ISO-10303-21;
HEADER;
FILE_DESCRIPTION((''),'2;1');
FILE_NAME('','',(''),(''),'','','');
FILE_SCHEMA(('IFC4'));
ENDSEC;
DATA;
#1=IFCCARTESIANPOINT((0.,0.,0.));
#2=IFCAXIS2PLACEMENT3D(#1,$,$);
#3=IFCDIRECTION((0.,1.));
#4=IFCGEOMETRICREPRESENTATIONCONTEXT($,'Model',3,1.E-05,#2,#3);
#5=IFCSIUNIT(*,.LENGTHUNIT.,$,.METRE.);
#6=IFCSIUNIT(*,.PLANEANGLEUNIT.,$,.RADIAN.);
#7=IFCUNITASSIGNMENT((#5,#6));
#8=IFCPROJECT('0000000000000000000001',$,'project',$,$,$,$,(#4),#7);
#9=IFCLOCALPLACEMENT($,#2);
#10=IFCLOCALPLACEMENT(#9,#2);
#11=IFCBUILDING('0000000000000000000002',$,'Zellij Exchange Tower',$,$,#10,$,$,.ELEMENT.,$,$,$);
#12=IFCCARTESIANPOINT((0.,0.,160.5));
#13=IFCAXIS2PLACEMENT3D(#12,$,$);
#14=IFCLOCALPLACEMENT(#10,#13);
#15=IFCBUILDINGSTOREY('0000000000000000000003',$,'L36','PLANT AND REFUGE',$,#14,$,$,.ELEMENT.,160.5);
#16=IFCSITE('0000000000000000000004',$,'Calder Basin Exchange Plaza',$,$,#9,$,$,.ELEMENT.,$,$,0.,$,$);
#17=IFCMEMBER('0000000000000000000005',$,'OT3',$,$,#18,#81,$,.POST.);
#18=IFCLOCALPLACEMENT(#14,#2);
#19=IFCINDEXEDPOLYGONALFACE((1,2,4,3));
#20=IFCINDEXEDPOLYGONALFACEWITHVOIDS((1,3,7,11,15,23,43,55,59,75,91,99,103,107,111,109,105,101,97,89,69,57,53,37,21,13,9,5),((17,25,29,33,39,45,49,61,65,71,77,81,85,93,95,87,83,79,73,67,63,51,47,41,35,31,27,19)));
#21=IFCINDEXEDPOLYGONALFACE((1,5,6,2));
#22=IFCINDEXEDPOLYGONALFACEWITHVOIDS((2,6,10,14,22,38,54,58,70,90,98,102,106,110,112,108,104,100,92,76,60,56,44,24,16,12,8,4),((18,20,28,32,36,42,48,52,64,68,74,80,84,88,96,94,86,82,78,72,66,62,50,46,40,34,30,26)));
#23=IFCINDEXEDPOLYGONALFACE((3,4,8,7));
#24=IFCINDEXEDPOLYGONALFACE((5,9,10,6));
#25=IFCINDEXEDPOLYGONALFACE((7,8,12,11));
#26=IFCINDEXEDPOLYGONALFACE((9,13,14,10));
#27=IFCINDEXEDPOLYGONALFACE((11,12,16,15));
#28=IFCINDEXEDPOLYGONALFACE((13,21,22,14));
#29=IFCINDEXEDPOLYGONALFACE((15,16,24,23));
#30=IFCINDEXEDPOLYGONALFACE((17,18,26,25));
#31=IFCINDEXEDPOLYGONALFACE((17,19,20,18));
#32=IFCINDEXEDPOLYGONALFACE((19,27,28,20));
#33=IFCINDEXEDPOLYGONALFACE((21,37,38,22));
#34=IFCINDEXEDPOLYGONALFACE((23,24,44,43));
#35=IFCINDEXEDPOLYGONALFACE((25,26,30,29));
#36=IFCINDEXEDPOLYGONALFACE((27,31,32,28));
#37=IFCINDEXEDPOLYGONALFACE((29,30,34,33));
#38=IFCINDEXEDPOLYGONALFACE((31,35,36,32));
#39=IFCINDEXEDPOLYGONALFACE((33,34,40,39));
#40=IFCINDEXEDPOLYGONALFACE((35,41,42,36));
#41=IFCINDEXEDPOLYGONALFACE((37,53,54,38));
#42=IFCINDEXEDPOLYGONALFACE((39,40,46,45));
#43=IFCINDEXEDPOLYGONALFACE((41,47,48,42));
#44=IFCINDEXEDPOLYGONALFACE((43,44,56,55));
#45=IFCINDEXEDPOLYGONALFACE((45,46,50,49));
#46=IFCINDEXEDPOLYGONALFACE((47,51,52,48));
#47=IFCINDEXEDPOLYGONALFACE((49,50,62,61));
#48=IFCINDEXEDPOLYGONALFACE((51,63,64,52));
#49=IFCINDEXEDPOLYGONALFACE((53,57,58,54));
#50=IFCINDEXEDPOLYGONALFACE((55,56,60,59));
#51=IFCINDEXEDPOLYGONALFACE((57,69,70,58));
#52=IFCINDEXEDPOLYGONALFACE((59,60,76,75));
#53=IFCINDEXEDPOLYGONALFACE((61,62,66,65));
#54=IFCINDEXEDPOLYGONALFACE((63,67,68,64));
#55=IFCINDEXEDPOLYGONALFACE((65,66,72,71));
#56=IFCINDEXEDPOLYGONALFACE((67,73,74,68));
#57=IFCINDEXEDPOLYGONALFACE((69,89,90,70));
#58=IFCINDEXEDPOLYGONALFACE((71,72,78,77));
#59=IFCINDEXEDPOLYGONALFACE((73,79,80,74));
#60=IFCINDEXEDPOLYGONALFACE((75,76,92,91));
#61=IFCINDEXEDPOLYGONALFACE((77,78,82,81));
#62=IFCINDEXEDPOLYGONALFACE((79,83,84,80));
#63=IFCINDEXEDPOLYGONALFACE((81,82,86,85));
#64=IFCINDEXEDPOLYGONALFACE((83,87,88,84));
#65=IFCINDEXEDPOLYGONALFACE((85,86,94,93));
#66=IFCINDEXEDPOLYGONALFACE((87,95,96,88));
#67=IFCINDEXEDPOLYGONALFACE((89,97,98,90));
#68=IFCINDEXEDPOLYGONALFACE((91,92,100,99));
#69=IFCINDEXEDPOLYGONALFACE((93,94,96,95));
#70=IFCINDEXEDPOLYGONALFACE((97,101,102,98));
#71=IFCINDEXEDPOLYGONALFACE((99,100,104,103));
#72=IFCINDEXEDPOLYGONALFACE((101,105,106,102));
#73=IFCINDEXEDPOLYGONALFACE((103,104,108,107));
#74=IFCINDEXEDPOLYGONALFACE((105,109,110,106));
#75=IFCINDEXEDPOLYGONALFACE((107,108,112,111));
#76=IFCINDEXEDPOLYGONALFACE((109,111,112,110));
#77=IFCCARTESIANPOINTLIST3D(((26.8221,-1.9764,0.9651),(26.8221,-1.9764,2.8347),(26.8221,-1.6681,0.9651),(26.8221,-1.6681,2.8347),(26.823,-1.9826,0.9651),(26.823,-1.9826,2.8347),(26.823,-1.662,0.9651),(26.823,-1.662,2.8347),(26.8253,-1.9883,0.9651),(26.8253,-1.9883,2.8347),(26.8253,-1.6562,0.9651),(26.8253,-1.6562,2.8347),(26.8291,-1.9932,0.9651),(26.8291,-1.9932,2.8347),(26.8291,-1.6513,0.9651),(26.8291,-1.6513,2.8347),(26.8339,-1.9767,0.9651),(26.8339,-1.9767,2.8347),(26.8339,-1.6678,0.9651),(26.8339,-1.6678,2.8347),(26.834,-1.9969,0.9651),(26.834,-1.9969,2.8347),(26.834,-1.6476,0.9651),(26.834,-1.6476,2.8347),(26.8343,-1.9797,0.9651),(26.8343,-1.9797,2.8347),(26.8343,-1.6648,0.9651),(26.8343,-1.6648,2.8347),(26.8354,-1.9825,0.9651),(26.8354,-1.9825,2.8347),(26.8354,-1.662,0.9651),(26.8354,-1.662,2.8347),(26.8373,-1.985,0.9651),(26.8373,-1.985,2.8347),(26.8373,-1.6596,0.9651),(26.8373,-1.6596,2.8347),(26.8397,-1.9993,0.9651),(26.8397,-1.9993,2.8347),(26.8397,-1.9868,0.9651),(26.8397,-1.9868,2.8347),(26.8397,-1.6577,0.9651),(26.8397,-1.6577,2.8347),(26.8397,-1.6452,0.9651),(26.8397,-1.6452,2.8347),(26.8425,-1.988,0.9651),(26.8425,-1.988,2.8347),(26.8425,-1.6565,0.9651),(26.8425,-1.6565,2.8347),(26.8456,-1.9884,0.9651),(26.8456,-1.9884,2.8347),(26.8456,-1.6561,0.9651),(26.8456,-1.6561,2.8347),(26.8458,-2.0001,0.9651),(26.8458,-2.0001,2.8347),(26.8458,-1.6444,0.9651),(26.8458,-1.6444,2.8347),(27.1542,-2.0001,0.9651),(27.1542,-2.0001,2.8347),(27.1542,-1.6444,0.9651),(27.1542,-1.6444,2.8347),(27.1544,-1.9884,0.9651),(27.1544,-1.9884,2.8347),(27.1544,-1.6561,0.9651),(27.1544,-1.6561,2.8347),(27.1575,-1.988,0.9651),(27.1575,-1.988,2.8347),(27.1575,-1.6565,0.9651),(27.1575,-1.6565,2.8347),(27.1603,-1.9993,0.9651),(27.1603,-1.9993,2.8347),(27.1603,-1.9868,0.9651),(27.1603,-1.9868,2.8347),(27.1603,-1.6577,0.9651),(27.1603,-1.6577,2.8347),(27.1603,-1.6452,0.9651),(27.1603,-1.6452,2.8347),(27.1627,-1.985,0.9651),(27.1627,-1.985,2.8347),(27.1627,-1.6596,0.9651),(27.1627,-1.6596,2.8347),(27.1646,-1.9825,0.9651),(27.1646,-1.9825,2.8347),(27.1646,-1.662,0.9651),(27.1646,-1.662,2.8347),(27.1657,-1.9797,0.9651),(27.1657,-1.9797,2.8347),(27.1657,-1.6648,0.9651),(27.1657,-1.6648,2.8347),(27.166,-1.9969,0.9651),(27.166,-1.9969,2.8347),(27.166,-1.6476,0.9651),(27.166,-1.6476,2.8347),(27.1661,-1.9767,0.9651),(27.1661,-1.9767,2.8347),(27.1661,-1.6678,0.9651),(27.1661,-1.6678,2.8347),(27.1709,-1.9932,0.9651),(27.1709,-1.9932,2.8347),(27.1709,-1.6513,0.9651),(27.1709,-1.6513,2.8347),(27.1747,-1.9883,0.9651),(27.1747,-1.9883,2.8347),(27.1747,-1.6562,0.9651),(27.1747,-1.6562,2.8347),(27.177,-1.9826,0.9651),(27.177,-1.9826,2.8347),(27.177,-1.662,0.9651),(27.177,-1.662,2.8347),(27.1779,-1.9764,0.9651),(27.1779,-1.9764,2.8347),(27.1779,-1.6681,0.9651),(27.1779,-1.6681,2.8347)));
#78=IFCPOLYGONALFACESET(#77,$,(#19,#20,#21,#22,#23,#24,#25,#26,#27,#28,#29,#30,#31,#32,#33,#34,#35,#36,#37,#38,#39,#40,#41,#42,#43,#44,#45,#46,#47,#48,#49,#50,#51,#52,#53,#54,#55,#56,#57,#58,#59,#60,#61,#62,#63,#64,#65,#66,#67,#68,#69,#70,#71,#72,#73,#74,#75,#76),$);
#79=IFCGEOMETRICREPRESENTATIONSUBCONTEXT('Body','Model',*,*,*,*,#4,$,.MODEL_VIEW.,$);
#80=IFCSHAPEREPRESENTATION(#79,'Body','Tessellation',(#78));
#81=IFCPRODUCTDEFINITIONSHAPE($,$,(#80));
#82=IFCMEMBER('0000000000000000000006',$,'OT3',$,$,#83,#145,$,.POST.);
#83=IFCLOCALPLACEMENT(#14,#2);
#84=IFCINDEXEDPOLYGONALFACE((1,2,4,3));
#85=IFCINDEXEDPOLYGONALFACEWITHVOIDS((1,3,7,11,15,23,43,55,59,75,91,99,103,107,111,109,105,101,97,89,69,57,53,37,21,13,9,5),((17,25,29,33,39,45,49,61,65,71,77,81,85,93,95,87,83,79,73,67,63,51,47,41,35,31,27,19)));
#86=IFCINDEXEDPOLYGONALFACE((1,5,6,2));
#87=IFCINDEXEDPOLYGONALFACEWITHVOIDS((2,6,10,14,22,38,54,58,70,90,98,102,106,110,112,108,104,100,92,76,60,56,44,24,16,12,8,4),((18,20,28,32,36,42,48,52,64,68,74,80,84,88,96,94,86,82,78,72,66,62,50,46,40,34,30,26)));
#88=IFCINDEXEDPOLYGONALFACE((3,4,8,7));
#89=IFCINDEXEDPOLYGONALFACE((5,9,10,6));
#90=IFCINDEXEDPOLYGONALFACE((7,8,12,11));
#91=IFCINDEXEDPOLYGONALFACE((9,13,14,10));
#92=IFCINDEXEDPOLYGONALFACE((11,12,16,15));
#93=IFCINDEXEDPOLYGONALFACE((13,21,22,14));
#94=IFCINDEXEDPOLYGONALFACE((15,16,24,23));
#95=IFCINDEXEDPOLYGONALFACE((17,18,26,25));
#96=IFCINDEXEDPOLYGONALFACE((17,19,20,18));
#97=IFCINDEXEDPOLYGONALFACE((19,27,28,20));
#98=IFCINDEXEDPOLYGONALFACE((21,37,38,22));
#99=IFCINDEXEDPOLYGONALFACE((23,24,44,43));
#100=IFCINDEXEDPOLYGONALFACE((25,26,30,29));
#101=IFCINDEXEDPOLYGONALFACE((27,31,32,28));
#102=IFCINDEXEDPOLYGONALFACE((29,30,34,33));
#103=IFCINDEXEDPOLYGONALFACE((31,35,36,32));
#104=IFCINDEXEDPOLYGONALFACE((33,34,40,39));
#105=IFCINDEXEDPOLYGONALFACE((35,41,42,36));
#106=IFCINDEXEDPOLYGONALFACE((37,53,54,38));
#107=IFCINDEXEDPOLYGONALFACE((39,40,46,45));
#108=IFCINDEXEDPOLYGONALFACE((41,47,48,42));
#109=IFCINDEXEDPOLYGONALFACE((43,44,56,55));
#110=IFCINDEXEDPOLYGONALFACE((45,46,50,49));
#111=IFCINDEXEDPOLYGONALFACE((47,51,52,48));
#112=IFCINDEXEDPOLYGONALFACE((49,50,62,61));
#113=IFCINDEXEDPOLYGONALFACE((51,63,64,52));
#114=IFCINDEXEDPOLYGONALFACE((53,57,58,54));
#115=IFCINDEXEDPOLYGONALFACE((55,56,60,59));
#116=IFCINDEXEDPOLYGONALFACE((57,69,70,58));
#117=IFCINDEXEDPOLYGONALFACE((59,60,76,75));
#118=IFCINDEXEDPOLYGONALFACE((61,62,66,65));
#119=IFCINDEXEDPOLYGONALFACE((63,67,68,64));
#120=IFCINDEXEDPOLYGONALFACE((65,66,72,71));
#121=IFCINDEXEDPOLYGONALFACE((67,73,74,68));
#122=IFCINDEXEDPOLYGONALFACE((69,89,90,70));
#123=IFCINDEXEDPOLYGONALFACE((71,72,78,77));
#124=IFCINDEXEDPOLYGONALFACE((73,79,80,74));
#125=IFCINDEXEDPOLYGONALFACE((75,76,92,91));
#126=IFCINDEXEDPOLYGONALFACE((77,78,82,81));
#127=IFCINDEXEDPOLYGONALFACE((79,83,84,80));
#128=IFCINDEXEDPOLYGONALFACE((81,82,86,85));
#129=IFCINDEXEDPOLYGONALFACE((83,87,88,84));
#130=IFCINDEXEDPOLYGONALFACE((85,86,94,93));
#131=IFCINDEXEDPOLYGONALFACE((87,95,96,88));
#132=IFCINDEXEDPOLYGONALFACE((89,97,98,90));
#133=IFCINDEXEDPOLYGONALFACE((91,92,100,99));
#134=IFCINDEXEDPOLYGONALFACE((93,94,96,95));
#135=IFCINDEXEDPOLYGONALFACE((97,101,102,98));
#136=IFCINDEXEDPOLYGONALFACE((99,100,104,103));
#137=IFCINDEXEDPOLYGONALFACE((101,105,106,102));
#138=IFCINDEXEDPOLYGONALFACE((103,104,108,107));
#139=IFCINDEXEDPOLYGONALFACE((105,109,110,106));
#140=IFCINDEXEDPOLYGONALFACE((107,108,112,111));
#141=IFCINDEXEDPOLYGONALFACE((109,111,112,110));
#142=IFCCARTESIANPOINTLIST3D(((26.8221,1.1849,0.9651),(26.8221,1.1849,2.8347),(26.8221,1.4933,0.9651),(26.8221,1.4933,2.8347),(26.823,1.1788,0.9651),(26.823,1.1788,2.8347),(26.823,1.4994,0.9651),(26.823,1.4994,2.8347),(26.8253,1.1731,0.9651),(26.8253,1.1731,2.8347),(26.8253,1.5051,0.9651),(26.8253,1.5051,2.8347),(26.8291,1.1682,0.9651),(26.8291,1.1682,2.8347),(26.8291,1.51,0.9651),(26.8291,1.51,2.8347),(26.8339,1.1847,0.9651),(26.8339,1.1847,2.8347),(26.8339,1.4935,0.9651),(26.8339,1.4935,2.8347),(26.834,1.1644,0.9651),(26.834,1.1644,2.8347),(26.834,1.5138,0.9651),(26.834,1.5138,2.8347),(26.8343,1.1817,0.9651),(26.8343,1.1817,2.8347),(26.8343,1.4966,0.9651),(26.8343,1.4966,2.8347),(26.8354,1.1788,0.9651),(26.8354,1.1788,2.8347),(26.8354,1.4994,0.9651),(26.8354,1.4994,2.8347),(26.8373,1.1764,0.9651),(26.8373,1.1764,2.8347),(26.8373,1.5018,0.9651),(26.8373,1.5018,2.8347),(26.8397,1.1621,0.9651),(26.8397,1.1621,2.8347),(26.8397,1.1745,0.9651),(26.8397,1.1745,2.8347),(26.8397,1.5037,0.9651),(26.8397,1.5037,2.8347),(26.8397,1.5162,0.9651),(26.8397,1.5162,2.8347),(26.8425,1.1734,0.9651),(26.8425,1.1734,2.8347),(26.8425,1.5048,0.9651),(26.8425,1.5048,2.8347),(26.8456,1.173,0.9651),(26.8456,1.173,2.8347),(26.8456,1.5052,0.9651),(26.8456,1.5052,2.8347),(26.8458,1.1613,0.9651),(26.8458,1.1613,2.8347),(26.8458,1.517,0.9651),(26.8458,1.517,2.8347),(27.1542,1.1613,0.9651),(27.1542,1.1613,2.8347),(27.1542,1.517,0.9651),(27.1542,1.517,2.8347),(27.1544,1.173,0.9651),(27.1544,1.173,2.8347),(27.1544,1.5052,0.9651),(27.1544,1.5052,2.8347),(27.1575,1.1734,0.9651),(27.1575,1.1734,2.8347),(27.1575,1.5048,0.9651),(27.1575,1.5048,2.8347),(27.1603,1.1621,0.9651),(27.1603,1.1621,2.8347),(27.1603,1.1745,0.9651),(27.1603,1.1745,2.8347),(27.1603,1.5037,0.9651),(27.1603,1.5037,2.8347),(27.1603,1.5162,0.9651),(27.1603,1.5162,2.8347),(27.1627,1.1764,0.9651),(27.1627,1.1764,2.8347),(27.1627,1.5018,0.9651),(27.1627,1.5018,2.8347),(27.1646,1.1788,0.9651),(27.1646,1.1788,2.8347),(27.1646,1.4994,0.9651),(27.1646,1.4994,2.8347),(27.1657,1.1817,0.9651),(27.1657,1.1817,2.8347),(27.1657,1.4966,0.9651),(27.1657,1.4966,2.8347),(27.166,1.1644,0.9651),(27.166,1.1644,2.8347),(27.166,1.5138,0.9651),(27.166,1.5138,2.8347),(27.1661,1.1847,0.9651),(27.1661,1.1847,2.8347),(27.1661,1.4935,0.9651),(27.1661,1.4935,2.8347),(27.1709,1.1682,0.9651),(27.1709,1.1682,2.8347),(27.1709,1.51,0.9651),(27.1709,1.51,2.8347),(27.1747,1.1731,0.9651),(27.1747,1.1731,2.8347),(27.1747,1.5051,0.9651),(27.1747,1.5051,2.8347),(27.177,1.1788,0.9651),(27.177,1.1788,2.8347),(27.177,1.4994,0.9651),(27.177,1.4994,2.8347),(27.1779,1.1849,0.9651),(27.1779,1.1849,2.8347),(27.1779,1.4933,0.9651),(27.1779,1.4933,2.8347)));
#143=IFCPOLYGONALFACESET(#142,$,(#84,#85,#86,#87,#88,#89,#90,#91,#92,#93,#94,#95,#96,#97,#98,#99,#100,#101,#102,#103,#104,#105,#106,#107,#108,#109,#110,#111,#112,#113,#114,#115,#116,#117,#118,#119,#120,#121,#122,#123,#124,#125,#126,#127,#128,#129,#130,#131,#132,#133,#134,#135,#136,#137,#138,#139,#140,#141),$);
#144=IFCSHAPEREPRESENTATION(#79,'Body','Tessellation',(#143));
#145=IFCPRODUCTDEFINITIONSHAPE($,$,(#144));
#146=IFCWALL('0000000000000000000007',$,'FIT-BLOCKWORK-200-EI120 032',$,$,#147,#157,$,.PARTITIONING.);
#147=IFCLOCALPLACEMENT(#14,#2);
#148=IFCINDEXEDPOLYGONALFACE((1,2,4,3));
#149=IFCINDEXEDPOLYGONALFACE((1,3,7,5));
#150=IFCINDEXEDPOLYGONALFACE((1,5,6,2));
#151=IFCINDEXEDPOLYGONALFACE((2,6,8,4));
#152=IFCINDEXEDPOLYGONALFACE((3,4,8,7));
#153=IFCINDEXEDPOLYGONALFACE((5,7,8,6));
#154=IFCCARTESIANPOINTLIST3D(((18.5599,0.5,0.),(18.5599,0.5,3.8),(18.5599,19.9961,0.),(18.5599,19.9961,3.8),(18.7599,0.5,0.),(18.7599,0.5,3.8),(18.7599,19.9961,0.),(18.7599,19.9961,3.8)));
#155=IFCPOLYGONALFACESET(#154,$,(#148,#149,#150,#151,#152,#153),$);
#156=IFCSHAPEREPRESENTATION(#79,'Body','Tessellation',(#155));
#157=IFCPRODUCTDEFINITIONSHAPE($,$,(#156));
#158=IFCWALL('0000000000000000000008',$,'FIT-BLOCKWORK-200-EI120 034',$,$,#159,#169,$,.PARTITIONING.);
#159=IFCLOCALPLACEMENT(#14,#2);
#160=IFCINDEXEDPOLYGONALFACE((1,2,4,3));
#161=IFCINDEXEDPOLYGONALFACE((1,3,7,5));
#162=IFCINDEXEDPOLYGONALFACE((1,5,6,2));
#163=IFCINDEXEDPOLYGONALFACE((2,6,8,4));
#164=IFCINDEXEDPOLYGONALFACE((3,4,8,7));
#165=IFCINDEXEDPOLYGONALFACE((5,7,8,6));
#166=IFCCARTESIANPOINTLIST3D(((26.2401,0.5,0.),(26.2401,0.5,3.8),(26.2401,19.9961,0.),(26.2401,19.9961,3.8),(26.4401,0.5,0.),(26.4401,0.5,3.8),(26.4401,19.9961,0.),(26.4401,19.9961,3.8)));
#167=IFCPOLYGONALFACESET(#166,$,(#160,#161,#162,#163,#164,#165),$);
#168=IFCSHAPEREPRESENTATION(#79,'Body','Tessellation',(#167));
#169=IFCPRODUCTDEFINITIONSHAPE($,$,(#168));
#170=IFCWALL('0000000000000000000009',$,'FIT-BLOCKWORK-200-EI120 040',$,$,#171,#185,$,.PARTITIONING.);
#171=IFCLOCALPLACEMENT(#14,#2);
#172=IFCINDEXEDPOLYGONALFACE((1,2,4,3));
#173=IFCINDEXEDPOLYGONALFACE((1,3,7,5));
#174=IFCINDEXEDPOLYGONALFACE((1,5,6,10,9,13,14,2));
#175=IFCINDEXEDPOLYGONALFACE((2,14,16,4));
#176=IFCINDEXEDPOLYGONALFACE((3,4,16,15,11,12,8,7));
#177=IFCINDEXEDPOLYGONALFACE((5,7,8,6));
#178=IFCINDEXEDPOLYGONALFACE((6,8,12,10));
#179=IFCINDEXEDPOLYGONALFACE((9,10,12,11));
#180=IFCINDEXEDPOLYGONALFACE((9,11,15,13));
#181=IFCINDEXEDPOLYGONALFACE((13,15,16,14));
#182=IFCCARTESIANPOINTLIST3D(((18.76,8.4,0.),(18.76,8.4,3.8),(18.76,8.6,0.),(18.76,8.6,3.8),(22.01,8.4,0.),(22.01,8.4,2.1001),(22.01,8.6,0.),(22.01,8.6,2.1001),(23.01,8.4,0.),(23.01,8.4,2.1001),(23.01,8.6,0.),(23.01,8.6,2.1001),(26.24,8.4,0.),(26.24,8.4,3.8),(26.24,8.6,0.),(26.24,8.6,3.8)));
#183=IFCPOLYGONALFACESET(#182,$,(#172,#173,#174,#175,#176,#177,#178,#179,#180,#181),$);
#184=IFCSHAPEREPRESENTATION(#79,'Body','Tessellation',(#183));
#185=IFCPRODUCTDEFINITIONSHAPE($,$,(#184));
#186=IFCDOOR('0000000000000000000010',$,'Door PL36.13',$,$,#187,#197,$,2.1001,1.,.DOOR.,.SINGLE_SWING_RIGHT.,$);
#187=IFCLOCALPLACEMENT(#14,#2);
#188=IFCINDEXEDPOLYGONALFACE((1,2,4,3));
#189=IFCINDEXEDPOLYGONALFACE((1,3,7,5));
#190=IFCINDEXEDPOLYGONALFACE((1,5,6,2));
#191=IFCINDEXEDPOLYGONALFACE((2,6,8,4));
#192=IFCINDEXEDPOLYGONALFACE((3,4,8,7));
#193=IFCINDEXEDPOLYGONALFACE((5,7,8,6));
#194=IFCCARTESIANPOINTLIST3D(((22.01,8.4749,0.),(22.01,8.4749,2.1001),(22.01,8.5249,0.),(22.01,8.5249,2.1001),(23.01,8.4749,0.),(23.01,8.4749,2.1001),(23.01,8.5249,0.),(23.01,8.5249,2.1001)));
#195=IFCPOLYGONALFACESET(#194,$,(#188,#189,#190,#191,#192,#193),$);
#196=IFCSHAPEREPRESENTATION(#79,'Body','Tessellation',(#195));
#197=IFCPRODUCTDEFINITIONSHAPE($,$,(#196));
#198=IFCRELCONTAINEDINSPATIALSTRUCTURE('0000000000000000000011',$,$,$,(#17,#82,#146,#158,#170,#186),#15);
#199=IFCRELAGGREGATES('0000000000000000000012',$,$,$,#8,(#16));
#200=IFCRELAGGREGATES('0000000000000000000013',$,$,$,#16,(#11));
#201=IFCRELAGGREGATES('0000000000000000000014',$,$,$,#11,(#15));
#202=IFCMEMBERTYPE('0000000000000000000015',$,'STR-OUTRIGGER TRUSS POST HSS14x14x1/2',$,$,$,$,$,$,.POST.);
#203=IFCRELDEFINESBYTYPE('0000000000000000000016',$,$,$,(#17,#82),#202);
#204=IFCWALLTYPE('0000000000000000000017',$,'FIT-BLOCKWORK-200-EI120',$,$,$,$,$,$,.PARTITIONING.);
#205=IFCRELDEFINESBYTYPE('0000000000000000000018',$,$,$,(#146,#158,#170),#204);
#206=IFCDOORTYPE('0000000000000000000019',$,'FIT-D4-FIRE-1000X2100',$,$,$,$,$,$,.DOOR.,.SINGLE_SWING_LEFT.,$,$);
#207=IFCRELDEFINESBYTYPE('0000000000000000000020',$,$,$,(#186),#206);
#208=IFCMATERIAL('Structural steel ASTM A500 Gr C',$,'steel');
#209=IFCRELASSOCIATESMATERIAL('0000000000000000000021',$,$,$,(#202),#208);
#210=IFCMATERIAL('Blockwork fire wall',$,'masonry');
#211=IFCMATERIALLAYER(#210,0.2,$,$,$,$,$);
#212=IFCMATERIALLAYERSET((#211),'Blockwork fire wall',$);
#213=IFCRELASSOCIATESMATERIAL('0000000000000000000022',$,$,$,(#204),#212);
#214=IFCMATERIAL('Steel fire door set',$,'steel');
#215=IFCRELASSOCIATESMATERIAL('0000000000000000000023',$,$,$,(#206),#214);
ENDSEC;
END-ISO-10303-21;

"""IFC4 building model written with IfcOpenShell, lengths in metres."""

from ifc_helpers import new_model, si_unit, direction, frame, frame_2d, origin, origin_2d, place, context, subcontext, project, spatial, rectangle, hollow_rectangle, extrude, material, layer, layer_set, material_profile, profile_set, type_object, element, fill, save


model = new_model("IFC4")

# Units and contexts
model_context = context("Model", 3, precision=1e-05, world=origin(), true_north=direction((0.0, 1.0)))
body_context = subcontext(model_context, "Body", "Model", "MODEL_VIEW")
ifc_project = project(units=[si_unit("LENGTHUNIT", "METRE"), si_unit("PLANEANGLEUNIT", "RADIAN")], contexts=[model_context])

# Site, building, storey
site_placement = place(None, origin())
site = spatial("IfcSite", under=ifc_project, at=site_placement, Name="Calder Basin Exchange Plaza", CompositionType="ELEMENT", RefElevation=0.0)
building_placement = place(site_placement, origin())
building = spatial("IfcBuilding", under=site, at=building_placement, Name="Zellij Exchange Tower", CompositionType="ELEMENT")
storey_placement = place(building_placement, frame((0.0, 0.0, 160.5)))
storey = spatial("IfcBuildingStorey", under=building, at=storey_placement, Name="L36", Description="PLANT AND REFUGE", CompositionType="ELEMENT", Elevation=160.5)

# Members
ifc_material_1 = material(Name="Structural steel ASTM A500 Gr C", Category="steel")
ifc_material_profile_1 = material_profile(ifc_material_1, hollow_rectangle(XDim=0.3557, YDim=0.3557, WallThickness=0.0117, InnerFilletRadius=0.0117, OuterFilletRadius=0.0237, at=origin_2d()), Name="STR-OUTRIGGER TRUSS POST HSS14x14x1/2")
ifc_profile_set_1 = profile_set([ifc_material_profile_1], Name="Structural steel ASTM A500 Gr C")
member_type_1 = type_object("IfcMemberType", Name="STR-OUTRIGGER TRUSS POST HSS14x14x1/2", PredefinedType="POST", material=ifc_profile_set_1)
for number, where, z_axis, x_axis, name in (
    (1, (27.0, -1.8223, 0.9651), (0.0, 0.0, 1.0), (1.0, 0.0, 0.0), "OT3"),
    (2, (27.0, 1.3391, 0.9651), (0.0, 0.0, 1.0), (1.0, 0.0, 0.0), "OT3"),
):
    element("IfcMember", number, at=place(storey_placement, frame(where, z_axis=z_axis, x_axis=x_axis)), inside=storey, type_object=member_type_1, Name=name, PredefinedType="POST", context=body_context, shape_type="SweptSolid", body=[
        extrude(hollow_rectangle(XDim=0.3557, YDim=0.3557, WallThickness=0.0117, InnerFilletRadius=0.0117, OuterFilletRadius=0.0237, at=origin_2d()), origin(), (0.0, 0.0, 1.0), 1.8696),
    ])

# Walls
ifc_material_2 = material(Name="Blockwork fire wall", Category="masonry")
ifc_layer_1 = layer(ifc_material_2, 0.2)
ifc_layer_set_1 = layer_set([ifc_layer_1], Name="Blockwork fire wall")
wall_type_1 = type_object("IfcWallType", Name="FIT-BLOCKWORK-200-EI120", PredefinedType="PARTITIONING", material=ifc_layer_set_1)
for number, where, z_axis, x_axis, name in (
    (3, (18.6599, 0.5, 0.0), (0.0, 0.0, 1.0), (0.0, 1.0, 0.0), "FIT-BLOCKWORK-200-EI120 032"),
    (4, (26.3401, 0.5, 0.0), (0.0, 0.0, 1.0), (0.0, 1.0, 0.0), "FIT-BLOCKWORK-200-EI120 034"),
):
    element("IfcWall", number, at=place(storey_placement, frame(where, z_axis=z_axis, x_axis=x_axis)), inside=storey, type_object=wall_type_1, Name=name, PredefinedType="PARTITIONING", context=body_context, shape_type="SweptSolid", body=[
        extrude(rectangle(XDim=19.4961, YDim=0.2, at=frame_2d((9.748, 0.0))), origin(), (0.0, 0.0, 1.0), 3.8),
    ])

# Wall, opening, door
wall_1_placement = place(storey_placement, frame((18.76, 8.5, 0.0), z_axis=(0.0, 0.0, 1.0), x_axis=(1.0, 0.0, 0.0)))
wall_1 = element("IfcWall", 5, at=wall_1_placement, inside=storey, type_object=wall_type_1, Name="FIT-BLOCKWORK-200-EI120 040", PredefinedType="PARTITIONING", context=body_context, shape_type="SweptSolid", body=[
    extrude(rectangle(XDim=7.48, YDim=0.2, at=frame_2d((3.74, 0.0))), origin(), (0.0, 0.0, 1.0), 3.8),
])
opening_1_placement = place(wall_1_placement, frame((3.25, 0.0, 0.0)))
opening_1 = element("IfcOpeningElement", 6, at=opening_1_placement, cuts=wall_1, PredefinedType="OPENING", context=body_context, shape_type="SweptSolid", body=[
    extrude(rectangle(XDim=1.0, YDim=2.1001, at=frame_2d((0.5, 1.05))), frame((0.0, 0.1118, 0.0), z_axis=(0.0, -1.0, 0.0), x_axis=(1.0, 0.0, 0.0)), (0.0, 0.0, 1.0), 0.2239),
])
ifc_material_3 = material(Name="Steel fire door set", Category="steel")
door_type = type_object("IfcDoorType", Name="FIT-D4-FIRE-1000X2100", OperationType="SINGLE_SWING_LEFT", PredefinedType="DOOR", material=ifc_material_3)
door_1_placement = place(opening_1_placement, origin())
door_1 = element("IfcDoor", 7, at=door_1_placement, inside=storey, type_object=door_type, Name="Door PL36.13", OperationType="SINGLE_SWING_RIGHT", OverallHeight=2.1001, OverallWidth=1.0, PredefinedType="DOOR", context=body_context, shape_type="SweptSolid", body=[
    extrude(rectangle(XDim=1.0, YDim=2.1001, at=frame_2d((0.5, 1.05))), frame((0.0, 0.0249, 0.0), z_axis=(0.0, -1.0, 0.0), x_axis=(1.0, 0.0, 0.0)), (0.0, 0.0, 1.0), 0.05),
])
fill(opening_1, door_1)

save(model, "model.ifc")
